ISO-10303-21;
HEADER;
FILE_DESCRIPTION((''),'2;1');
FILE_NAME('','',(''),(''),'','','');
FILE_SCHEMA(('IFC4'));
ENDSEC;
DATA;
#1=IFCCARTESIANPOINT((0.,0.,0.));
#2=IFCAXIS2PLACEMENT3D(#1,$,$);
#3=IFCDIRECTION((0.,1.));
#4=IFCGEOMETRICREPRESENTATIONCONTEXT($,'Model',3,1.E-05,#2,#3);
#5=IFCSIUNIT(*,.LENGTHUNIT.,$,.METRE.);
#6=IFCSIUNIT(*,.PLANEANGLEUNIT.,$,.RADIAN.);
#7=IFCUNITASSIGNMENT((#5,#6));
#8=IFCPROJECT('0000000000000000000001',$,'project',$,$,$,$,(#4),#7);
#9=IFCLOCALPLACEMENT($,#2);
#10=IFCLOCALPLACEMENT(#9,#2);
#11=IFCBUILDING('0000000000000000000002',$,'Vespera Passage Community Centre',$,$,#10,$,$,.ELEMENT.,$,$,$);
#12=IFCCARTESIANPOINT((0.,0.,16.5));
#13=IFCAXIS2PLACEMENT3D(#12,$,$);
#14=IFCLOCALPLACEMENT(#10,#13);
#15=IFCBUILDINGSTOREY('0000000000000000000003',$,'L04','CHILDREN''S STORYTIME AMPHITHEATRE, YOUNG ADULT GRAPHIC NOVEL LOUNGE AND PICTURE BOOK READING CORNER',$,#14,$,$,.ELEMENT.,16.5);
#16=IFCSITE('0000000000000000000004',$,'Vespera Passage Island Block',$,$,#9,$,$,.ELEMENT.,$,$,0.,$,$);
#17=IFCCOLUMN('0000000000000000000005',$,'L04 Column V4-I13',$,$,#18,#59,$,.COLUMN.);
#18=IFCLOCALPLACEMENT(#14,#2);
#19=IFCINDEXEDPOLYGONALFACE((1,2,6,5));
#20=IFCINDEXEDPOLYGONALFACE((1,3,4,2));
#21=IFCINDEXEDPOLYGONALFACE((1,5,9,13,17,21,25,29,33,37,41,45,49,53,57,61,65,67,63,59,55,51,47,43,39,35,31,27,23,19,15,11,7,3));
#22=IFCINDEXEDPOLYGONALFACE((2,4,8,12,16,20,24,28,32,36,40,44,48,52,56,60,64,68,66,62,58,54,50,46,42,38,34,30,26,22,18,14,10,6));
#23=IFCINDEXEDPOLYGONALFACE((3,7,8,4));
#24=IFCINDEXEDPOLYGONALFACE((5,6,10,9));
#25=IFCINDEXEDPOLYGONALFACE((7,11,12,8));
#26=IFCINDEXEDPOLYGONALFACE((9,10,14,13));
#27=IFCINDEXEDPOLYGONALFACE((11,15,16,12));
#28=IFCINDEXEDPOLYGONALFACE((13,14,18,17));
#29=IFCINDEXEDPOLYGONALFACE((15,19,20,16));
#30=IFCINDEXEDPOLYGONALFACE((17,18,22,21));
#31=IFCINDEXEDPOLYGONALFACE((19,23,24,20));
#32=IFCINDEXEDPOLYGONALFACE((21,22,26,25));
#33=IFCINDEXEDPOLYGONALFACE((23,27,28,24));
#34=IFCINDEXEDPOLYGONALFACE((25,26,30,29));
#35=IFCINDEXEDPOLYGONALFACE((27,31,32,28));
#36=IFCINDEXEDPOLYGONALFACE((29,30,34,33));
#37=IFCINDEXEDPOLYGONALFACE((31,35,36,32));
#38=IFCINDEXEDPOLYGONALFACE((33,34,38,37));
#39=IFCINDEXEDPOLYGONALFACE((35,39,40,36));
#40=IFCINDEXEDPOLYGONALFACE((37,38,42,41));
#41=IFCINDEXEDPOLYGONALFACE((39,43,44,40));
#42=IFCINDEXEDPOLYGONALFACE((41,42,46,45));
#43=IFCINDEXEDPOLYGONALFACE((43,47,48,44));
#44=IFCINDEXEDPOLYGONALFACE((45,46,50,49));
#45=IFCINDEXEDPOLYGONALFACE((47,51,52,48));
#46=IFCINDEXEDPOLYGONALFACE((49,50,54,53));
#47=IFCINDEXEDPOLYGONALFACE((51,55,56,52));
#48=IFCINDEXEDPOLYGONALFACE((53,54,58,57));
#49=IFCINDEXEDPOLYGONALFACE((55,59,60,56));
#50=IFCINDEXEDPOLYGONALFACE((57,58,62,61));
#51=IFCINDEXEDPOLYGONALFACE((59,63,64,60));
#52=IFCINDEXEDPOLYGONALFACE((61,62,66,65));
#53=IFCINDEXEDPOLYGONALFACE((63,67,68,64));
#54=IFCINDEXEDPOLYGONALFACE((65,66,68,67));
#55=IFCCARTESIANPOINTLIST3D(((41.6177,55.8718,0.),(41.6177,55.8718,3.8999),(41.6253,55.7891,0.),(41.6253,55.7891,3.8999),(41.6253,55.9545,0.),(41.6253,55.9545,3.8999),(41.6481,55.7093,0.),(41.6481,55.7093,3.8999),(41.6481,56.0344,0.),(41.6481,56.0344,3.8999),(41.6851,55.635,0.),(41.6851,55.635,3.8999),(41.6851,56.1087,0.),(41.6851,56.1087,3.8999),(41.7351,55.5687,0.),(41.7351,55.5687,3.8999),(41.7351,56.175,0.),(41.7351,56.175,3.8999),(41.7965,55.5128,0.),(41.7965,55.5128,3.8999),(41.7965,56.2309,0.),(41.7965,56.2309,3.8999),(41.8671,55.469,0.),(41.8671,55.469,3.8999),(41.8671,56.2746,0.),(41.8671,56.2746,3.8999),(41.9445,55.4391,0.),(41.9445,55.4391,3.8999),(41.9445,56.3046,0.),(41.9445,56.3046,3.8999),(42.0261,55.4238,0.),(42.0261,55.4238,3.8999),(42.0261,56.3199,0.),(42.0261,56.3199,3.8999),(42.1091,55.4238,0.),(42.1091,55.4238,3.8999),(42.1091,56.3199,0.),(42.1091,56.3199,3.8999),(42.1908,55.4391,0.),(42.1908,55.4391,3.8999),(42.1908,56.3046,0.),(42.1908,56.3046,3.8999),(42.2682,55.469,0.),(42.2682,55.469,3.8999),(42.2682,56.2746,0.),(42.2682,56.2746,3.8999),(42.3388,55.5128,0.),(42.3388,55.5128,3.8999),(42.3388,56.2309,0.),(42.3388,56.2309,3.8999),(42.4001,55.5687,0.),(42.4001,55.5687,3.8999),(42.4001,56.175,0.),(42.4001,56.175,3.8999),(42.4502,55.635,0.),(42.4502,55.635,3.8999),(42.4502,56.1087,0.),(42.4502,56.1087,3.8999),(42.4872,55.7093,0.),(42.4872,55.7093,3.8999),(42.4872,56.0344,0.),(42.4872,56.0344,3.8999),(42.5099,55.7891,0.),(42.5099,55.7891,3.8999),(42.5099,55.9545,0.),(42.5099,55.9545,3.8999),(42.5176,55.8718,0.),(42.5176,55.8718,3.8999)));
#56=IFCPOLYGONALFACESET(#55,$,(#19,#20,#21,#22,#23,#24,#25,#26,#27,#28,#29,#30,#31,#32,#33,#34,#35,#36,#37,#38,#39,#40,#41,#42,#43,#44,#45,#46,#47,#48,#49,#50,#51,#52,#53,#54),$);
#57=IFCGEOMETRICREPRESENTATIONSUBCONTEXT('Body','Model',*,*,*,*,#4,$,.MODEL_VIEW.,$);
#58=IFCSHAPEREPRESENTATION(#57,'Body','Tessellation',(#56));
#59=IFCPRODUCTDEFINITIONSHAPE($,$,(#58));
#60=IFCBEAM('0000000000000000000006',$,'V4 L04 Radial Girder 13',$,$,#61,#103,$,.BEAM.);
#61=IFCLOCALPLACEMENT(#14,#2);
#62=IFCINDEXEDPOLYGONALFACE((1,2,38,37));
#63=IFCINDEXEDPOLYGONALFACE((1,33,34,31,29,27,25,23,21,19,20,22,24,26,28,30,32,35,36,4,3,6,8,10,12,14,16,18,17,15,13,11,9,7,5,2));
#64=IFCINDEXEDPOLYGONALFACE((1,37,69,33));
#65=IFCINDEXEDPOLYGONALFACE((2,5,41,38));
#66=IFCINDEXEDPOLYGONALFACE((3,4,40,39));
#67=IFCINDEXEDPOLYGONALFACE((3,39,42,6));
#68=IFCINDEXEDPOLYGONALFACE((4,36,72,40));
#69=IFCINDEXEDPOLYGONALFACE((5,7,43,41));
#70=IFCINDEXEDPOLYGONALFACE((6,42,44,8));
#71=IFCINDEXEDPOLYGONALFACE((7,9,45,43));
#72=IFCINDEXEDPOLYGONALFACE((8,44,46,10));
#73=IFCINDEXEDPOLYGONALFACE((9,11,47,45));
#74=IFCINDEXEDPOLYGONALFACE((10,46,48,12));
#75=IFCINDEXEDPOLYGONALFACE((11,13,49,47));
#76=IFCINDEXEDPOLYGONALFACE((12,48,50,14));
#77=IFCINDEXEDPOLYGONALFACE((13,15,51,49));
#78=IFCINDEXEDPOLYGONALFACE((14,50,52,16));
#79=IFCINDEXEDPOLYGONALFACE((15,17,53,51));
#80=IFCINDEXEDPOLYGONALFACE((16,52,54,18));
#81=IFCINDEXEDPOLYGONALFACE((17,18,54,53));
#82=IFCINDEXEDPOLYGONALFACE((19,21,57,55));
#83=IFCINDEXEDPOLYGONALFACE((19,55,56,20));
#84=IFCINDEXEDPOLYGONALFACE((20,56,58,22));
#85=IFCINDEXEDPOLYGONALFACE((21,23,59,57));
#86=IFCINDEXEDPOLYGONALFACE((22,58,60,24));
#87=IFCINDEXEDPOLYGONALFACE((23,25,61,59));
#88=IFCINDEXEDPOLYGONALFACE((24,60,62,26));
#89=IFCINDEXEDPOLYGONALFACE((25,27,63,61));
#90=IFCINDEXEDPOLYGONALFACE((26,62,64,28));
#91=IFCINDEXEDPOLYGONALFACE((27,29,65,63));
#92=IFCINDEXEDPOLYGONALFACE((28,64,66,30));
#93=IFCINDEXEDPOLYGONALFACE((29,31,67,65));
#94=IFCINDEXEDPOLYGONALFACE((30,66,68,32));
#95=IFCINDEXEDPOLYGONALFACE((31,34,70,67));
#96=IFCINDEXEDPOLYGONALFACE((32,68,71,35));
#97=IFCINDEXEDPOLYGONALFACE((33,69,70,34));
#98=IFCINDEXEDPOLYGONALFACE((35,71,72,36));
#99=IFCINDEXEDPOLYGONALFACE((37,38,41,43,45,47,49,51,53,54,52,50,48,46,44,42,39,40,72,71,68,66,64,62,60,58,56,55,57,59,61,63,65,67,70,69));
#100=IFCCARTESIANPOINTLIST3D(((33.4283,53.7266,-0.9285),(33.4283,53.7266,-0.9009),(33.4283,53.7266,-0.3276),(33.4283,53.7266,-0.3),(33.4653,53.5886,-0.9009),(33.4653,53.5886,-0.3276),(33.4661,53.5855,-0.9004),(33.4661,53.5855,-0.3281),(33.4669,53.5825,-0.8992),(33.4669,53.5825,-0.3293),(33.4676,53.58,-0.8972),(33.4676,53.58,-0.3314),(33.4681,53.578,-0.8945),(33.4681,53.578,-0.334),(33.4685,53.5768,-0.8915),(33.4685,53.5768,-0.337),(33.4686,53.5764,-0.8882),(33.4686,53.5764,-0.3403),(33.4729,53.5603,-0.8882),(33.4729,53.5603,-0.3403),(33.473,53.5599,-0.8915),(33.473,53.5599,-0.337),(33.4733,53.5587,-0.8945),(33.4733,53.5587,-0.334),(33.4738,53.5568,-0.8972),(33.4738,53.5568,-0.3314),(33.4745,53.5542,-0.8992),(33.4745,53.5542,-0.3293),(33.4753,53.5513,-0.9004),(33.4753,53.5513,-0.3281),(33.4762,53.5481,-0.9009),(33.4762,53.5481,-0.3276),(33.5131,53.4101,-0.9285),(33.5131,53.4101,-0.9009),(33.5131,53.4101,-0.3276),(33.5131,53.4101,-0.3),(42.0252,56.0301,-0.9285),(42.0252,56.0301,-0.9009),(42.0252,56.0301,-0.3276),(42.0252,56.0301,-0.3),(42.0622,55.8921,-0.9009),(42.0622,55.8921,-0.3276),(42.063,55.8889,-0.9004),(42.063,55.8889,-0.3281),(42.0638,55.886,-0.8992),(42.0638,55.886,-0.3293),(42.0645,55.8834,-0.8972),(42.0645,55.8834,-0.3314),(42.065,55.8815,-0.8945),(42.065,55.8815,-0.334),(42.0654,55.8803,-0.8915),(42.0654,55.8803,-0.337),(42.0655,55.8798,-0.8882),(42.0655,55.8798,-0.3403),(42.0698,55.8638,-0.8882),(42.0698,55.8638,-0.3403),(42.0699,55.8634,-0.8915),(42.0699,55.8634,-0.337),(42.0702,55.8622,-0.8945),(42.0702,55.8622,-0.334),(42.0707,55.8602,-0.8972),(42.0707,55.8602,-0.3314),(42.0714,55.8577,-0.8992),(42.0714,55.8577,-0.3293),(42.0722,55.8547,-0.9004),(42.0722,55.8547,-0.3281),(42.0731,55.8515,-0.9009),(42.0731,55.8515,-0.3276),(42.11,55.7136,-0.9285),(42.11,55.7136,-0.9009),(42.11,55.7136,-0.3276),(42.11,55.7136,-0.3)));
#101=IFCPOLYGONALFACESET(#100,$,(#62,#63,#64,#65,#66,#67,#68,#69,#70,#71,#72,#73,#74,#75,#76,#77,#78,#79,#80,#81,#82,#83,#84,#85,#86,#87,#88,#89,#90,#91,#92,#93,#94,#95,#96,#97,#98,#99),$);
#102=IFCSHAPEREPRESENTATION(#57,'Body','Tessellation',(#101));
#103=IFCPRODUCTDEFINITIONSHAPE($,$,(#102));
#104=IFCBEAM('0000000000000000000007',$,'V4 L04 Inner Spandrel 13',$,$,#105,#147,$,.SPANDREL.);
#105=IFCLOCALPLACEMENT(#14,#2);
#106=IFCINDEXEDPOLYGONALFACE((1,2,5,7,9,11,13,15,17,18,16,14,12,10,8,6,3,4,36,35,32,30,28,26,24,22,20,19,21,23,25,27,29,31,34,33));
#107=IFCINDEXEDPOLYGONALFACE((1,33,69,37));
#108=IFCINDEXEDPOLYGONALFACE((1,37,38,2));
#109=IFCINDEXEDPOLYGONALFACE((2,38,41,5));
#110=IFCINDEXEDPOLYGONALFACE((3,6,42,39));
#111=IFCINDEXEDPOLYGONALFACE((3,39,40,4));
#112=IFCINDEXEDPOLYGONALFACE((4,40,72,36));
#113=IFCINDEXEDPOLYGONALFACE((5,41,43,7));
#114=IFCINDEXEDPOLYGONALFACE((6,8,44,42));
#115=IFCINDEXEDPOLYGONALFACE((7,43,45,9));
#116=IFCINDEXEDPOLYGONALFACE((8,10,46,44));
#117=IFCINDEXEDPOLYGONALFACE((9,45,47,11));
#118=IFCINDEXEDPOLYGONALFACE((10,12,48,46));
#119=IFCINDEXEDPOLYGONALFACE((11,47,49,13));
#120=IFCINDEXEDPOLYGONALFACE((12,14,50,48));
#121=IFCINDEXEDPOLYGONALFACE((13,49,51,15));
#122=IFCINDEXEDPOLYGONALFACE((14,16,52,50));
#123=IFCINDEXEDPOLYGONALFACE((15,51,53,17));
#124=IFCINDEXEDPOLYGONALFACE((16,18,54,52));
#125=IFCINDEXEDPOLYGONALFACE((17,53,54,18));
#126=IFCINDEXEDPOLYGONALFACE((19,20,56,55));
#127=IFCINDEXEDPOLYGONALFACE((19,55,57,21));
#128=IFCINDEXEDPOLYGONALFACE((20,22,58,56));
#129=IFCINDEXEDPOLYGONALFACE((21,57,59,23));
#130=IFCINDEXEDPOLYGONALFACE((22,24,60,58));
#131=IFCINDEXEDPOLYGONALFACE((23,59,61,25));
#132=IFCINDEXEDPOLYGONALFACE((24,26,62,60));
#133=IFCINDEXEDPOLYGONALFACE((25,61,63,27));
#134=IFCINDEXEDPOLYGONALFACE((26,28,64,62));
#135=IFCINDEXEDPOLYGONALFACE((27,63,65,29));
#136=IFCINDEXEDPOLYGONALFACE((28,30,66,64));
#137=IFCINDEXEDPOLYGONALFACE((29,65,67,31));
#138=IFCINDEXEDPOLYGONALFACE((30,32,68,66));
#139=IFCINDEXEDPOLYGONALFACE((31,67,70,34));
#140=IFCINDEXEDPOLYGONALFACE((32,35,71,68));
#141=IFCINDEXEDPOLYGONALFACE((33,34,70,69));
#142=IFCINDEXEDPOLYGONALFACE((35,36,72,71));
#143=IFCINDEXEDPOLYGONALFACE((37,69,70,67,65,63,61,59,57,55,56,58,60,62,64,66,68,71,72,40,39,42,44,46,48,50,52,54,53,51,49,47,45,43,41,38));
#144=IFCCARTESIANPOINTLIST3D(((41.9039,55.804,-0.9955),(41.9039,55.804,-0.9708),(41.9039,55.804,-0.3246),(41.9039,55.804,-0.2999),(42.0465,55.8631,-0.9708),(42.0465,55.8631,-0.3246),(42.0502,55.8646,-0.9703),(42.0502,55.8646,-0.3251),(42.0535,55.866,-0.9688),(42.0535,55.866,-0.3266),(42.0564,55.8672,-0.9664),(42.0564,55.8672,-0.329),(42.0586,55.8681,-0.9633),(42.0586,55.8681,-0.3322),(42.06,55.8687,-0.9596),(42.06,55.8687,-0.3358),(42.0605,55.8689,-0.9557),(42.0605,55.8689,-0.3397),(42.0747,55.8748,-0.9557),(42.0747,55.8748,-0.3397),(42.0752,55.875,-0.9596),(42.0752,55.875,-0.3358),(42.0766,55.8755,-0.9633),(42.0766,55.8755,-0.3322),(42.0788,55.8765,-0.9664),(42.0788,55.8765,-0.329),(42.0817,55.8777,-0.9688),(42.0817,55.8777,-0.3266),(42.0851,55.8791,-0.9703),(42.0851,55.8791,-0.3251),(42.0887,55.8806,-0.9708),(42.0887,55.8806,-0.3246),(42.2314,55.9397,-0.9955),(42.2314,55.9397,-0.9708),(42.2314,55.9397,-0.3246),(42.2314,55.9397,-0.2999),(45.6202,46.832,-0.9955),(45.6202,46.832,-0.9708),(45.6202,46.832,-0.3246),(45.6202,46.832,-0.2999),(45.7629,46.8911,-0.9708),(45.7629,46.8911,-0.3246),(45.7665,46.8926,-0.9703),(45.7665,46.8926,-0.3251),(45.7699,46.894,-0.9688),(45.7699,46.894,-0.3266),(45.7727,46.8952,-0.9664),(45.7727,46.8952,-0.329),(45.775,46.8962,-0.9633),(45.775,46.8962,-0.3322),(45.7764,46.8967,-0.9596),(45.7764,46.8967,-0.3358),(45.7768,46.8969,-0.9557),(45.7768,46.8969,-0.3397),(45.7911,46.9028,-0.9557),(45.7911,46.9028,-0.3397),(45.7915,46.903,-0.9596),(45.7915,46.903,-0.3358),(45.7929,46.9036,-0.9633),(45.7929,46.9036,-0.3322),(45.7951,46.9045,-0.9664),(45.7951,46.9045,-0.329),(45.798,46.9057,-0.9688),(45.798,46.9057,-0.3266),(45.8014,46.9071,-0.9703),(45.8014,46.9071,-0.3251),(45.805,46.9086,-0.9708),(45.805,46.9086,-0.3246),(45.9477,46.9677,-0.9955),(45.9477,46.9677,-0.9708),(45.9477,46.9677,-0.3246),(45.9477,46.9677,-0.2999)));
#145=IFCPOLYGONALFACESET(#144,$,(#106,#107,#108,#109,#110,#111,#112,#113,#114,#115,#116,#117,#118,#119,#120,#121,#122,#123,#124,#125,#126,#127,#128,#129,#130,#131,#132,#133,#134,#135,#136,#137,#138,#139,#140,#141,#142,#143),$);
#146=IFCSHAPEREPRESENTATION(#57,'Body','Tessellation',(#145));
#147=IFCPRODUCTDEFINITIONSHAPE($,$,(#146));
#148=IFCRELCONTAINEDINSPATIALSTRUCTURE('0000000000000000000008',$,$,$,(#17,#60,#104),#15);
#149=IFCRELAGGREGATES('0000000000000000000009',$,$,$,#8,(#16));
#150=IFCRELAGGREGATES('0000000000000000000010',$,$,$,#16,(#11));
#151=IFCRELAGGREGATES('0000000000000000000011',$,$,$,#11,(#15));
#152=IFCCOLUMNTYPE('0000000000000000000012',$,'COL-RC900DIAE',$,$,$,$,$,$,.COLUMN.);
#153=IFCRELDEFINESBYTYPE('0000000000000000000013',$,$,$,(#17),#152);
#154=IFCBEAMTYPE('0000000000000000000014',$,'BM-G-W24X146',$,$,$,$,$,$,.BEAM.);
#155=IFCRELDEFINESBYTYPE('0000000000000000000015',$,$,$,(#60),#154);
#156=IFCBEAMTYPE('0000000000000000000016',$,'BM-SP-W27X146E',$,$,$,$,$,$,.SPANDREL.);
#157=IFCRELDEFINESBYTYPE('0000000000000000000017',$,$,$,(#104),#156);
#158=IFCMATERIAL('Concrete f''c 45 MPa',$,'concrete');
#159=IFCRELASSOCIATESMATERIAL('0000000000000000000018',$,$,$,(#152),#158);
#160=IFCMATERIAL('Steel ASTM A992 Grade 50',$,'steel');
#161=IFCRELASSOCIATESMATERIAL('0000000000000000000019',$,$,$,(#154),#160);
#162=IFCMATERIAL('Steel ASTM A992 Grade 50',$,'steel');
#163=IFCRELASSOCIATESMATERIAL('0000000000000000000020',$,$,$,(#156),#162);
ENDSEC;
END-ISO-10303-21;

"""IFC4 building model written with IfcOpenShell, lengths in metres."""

from ifc_helpers import new_model, si_unit, direction, frame, origin, origin_2d, place, context, subcontext, project, spatial, circle, i_section, extrude, material, material_profile, profile_set, type_object, element, save


model = new_model("IFC4")

# Units and contexts
model_context = context("Model", 3, precision=1e-05, world=origin(), true_north=direction((0.0, 1.0)))
body_context = subcontext(model_context, "Body", "Model", "MODEL_VIEW")
ifc_project = project(units=[si_unit("LENGTHUNIT", "METRE"), si_unit("PLANEANGLEUNIT", "RADIAN")], contexts=[model_context])

# Site, building, storey
site_placement = place(None, origin())
site = spatial("IfcSite", under=ifc_project, at=site_placement, Name="Vespera Passage Island Block", CompositionType="ELEMENT", RefElevation=0.0)
building_placement = place(site_placement, origin())
building = spatial("IfcBuilding", under=site, at=building_placement, Name="Vespera Passage Community Centre", CompositionType="ELEMENT")
storey_placement = place(building_placement, frame((0.0, 0.0, 16.5)))
storey = spatial("IfcBuildingStorey", under=building, at=storey_placement, Name="L04", Description="CHILDREN'S STORYTIME AMPHITHEATRE, YOUNG ADULT GRAPHIC NOVEL LOUNGE AND PICTURE BOOK READING CORNER", CompositionType="ELEMENT", Elevation=16.5)

# Column
ifc_material_1 = material(Name="Concrete f'c 45 MPa", Category="concrete")
ifc_material_profile_1 = material_profile(ifc_material_1, circle(Radius=0.45, at=origin_2d()), Name="RC900DIA")
ifc_profile_set_1 = profile_set([ifc_material_profile_1], Name="Concrete f'c 45 MPa")
column_type = type_object("IfcColumnType", Name="COL-RC900DIAE", PredefinedType="COLUMN", material=ifc_profile_set_1)
column_placement = place(storey_placement, frame((42.0676, 55.8718, 0.0), z_axis=(0.0, 0.0, 1.0), x_axis=(1.0, 0.0, 0.0)))
element("IfcColumn", 1, at=column_placement, inside=storey, type_object=column_type, Name="L04 Column V4-I13", PredefinedType="COLUMN", context=body_context, shape_type="SweptSolid", body=[
    extrude(circle(Radius=0.45, at=origin_2d()), origin(), (0.0, 0.0, 1.0), 3.8999),
])

# Beams
ifc_material_2 = material(Name="Steel ASTM A992 Grade 50", Category="steel")
ifc_material_profile_2 = material_profile(ifc_material_2, i_section(OverallWidth=0.3276, OverallDepth=0.6284, WebThickness=0.0166, FlangeThickness=0.0276, FilletRadius=0.0127, at=origin_2d()), Name="W24X146")
ifc_profile_set_2 = profile_set([ifc_material_profile_2], Name="Steel ASTM A992 Grade 50")
beam_type_1 = type_object("IfcBeamType", Name="BM-G-W24X146", PredefinedType="BEAM", material=ifc_profile_set_2)
beam_1_placement = place(storey_placement, frame((42.0676, 55.8718, -0.6143), z_axis=(-0.965928, -0.258811, 0.0), x_axis=(0.258811, -0.965928, 0.0)))
element("IfcBeam", 2, at=beam_1_placement, inside=storey, type_object=beam_type_1, Name="V4 L04 Radial Girder 13", PredefinedType="BEAM", context=body_context, shape_type="SweptSolid", body=[
    extrude(i_section(OverallWidth=0.3276, OverallDepth=0.6284, WebThickness=0.0166, FlangeThickness=0.0276, FilletRadius=0.0127, at=origin_2d()), origin(), (0.0, 0.0, 1.0), 8.9001),
])
ifc_material_3 = material(Name="Steel ASTM A992 Grade 50", Category="steel")
ifc_material_profile_3 = material_profile(ifc_material_3, i_section(OverallWidth=0.3545, OverallDepth=0.6956, WebThickness=0.0154, FlangeThickness=0.0247, FilletRadius=0.0151, at=origin_2d()), Name="W27X146")
ifc_profile_set_3 = profile_set([ifc_material_profile_3], Name="Steel ASTM A992 Grade 50")
beam_type_2 = type_object("IfcBeamType", Name="BM-SP-W27X146E", PredefinedType="SPANDREL", material=ifc_profile_set_3)
beam_2_placement = place(storey_placement, frame((42.0676, 55.8718, -0.6477), z_axis=(0.382685, -0.923879, 0.0), x_axis=(0.923879, 0.382685, 0.0)))
element("IfcBeam", 3, at=beam_2_placement, inside=storey, type_object=beam_type_2, Name="V4 L04 Inner Spandrel 13", PredefinedType="SPANDREL", context=body_context, shape_type="SweptSolid", body=[
    extrude(i_section(OverallWidth=0.3545, OverallDepth=0.6956, WebThickness=0.0154, FlangeThickness=0.0247, FilletRadius=0.0151, at=origin_2d()), origin(), (0.0, 0.0, 1.0), 9.7112),
])

save(model, "model.ifc")
